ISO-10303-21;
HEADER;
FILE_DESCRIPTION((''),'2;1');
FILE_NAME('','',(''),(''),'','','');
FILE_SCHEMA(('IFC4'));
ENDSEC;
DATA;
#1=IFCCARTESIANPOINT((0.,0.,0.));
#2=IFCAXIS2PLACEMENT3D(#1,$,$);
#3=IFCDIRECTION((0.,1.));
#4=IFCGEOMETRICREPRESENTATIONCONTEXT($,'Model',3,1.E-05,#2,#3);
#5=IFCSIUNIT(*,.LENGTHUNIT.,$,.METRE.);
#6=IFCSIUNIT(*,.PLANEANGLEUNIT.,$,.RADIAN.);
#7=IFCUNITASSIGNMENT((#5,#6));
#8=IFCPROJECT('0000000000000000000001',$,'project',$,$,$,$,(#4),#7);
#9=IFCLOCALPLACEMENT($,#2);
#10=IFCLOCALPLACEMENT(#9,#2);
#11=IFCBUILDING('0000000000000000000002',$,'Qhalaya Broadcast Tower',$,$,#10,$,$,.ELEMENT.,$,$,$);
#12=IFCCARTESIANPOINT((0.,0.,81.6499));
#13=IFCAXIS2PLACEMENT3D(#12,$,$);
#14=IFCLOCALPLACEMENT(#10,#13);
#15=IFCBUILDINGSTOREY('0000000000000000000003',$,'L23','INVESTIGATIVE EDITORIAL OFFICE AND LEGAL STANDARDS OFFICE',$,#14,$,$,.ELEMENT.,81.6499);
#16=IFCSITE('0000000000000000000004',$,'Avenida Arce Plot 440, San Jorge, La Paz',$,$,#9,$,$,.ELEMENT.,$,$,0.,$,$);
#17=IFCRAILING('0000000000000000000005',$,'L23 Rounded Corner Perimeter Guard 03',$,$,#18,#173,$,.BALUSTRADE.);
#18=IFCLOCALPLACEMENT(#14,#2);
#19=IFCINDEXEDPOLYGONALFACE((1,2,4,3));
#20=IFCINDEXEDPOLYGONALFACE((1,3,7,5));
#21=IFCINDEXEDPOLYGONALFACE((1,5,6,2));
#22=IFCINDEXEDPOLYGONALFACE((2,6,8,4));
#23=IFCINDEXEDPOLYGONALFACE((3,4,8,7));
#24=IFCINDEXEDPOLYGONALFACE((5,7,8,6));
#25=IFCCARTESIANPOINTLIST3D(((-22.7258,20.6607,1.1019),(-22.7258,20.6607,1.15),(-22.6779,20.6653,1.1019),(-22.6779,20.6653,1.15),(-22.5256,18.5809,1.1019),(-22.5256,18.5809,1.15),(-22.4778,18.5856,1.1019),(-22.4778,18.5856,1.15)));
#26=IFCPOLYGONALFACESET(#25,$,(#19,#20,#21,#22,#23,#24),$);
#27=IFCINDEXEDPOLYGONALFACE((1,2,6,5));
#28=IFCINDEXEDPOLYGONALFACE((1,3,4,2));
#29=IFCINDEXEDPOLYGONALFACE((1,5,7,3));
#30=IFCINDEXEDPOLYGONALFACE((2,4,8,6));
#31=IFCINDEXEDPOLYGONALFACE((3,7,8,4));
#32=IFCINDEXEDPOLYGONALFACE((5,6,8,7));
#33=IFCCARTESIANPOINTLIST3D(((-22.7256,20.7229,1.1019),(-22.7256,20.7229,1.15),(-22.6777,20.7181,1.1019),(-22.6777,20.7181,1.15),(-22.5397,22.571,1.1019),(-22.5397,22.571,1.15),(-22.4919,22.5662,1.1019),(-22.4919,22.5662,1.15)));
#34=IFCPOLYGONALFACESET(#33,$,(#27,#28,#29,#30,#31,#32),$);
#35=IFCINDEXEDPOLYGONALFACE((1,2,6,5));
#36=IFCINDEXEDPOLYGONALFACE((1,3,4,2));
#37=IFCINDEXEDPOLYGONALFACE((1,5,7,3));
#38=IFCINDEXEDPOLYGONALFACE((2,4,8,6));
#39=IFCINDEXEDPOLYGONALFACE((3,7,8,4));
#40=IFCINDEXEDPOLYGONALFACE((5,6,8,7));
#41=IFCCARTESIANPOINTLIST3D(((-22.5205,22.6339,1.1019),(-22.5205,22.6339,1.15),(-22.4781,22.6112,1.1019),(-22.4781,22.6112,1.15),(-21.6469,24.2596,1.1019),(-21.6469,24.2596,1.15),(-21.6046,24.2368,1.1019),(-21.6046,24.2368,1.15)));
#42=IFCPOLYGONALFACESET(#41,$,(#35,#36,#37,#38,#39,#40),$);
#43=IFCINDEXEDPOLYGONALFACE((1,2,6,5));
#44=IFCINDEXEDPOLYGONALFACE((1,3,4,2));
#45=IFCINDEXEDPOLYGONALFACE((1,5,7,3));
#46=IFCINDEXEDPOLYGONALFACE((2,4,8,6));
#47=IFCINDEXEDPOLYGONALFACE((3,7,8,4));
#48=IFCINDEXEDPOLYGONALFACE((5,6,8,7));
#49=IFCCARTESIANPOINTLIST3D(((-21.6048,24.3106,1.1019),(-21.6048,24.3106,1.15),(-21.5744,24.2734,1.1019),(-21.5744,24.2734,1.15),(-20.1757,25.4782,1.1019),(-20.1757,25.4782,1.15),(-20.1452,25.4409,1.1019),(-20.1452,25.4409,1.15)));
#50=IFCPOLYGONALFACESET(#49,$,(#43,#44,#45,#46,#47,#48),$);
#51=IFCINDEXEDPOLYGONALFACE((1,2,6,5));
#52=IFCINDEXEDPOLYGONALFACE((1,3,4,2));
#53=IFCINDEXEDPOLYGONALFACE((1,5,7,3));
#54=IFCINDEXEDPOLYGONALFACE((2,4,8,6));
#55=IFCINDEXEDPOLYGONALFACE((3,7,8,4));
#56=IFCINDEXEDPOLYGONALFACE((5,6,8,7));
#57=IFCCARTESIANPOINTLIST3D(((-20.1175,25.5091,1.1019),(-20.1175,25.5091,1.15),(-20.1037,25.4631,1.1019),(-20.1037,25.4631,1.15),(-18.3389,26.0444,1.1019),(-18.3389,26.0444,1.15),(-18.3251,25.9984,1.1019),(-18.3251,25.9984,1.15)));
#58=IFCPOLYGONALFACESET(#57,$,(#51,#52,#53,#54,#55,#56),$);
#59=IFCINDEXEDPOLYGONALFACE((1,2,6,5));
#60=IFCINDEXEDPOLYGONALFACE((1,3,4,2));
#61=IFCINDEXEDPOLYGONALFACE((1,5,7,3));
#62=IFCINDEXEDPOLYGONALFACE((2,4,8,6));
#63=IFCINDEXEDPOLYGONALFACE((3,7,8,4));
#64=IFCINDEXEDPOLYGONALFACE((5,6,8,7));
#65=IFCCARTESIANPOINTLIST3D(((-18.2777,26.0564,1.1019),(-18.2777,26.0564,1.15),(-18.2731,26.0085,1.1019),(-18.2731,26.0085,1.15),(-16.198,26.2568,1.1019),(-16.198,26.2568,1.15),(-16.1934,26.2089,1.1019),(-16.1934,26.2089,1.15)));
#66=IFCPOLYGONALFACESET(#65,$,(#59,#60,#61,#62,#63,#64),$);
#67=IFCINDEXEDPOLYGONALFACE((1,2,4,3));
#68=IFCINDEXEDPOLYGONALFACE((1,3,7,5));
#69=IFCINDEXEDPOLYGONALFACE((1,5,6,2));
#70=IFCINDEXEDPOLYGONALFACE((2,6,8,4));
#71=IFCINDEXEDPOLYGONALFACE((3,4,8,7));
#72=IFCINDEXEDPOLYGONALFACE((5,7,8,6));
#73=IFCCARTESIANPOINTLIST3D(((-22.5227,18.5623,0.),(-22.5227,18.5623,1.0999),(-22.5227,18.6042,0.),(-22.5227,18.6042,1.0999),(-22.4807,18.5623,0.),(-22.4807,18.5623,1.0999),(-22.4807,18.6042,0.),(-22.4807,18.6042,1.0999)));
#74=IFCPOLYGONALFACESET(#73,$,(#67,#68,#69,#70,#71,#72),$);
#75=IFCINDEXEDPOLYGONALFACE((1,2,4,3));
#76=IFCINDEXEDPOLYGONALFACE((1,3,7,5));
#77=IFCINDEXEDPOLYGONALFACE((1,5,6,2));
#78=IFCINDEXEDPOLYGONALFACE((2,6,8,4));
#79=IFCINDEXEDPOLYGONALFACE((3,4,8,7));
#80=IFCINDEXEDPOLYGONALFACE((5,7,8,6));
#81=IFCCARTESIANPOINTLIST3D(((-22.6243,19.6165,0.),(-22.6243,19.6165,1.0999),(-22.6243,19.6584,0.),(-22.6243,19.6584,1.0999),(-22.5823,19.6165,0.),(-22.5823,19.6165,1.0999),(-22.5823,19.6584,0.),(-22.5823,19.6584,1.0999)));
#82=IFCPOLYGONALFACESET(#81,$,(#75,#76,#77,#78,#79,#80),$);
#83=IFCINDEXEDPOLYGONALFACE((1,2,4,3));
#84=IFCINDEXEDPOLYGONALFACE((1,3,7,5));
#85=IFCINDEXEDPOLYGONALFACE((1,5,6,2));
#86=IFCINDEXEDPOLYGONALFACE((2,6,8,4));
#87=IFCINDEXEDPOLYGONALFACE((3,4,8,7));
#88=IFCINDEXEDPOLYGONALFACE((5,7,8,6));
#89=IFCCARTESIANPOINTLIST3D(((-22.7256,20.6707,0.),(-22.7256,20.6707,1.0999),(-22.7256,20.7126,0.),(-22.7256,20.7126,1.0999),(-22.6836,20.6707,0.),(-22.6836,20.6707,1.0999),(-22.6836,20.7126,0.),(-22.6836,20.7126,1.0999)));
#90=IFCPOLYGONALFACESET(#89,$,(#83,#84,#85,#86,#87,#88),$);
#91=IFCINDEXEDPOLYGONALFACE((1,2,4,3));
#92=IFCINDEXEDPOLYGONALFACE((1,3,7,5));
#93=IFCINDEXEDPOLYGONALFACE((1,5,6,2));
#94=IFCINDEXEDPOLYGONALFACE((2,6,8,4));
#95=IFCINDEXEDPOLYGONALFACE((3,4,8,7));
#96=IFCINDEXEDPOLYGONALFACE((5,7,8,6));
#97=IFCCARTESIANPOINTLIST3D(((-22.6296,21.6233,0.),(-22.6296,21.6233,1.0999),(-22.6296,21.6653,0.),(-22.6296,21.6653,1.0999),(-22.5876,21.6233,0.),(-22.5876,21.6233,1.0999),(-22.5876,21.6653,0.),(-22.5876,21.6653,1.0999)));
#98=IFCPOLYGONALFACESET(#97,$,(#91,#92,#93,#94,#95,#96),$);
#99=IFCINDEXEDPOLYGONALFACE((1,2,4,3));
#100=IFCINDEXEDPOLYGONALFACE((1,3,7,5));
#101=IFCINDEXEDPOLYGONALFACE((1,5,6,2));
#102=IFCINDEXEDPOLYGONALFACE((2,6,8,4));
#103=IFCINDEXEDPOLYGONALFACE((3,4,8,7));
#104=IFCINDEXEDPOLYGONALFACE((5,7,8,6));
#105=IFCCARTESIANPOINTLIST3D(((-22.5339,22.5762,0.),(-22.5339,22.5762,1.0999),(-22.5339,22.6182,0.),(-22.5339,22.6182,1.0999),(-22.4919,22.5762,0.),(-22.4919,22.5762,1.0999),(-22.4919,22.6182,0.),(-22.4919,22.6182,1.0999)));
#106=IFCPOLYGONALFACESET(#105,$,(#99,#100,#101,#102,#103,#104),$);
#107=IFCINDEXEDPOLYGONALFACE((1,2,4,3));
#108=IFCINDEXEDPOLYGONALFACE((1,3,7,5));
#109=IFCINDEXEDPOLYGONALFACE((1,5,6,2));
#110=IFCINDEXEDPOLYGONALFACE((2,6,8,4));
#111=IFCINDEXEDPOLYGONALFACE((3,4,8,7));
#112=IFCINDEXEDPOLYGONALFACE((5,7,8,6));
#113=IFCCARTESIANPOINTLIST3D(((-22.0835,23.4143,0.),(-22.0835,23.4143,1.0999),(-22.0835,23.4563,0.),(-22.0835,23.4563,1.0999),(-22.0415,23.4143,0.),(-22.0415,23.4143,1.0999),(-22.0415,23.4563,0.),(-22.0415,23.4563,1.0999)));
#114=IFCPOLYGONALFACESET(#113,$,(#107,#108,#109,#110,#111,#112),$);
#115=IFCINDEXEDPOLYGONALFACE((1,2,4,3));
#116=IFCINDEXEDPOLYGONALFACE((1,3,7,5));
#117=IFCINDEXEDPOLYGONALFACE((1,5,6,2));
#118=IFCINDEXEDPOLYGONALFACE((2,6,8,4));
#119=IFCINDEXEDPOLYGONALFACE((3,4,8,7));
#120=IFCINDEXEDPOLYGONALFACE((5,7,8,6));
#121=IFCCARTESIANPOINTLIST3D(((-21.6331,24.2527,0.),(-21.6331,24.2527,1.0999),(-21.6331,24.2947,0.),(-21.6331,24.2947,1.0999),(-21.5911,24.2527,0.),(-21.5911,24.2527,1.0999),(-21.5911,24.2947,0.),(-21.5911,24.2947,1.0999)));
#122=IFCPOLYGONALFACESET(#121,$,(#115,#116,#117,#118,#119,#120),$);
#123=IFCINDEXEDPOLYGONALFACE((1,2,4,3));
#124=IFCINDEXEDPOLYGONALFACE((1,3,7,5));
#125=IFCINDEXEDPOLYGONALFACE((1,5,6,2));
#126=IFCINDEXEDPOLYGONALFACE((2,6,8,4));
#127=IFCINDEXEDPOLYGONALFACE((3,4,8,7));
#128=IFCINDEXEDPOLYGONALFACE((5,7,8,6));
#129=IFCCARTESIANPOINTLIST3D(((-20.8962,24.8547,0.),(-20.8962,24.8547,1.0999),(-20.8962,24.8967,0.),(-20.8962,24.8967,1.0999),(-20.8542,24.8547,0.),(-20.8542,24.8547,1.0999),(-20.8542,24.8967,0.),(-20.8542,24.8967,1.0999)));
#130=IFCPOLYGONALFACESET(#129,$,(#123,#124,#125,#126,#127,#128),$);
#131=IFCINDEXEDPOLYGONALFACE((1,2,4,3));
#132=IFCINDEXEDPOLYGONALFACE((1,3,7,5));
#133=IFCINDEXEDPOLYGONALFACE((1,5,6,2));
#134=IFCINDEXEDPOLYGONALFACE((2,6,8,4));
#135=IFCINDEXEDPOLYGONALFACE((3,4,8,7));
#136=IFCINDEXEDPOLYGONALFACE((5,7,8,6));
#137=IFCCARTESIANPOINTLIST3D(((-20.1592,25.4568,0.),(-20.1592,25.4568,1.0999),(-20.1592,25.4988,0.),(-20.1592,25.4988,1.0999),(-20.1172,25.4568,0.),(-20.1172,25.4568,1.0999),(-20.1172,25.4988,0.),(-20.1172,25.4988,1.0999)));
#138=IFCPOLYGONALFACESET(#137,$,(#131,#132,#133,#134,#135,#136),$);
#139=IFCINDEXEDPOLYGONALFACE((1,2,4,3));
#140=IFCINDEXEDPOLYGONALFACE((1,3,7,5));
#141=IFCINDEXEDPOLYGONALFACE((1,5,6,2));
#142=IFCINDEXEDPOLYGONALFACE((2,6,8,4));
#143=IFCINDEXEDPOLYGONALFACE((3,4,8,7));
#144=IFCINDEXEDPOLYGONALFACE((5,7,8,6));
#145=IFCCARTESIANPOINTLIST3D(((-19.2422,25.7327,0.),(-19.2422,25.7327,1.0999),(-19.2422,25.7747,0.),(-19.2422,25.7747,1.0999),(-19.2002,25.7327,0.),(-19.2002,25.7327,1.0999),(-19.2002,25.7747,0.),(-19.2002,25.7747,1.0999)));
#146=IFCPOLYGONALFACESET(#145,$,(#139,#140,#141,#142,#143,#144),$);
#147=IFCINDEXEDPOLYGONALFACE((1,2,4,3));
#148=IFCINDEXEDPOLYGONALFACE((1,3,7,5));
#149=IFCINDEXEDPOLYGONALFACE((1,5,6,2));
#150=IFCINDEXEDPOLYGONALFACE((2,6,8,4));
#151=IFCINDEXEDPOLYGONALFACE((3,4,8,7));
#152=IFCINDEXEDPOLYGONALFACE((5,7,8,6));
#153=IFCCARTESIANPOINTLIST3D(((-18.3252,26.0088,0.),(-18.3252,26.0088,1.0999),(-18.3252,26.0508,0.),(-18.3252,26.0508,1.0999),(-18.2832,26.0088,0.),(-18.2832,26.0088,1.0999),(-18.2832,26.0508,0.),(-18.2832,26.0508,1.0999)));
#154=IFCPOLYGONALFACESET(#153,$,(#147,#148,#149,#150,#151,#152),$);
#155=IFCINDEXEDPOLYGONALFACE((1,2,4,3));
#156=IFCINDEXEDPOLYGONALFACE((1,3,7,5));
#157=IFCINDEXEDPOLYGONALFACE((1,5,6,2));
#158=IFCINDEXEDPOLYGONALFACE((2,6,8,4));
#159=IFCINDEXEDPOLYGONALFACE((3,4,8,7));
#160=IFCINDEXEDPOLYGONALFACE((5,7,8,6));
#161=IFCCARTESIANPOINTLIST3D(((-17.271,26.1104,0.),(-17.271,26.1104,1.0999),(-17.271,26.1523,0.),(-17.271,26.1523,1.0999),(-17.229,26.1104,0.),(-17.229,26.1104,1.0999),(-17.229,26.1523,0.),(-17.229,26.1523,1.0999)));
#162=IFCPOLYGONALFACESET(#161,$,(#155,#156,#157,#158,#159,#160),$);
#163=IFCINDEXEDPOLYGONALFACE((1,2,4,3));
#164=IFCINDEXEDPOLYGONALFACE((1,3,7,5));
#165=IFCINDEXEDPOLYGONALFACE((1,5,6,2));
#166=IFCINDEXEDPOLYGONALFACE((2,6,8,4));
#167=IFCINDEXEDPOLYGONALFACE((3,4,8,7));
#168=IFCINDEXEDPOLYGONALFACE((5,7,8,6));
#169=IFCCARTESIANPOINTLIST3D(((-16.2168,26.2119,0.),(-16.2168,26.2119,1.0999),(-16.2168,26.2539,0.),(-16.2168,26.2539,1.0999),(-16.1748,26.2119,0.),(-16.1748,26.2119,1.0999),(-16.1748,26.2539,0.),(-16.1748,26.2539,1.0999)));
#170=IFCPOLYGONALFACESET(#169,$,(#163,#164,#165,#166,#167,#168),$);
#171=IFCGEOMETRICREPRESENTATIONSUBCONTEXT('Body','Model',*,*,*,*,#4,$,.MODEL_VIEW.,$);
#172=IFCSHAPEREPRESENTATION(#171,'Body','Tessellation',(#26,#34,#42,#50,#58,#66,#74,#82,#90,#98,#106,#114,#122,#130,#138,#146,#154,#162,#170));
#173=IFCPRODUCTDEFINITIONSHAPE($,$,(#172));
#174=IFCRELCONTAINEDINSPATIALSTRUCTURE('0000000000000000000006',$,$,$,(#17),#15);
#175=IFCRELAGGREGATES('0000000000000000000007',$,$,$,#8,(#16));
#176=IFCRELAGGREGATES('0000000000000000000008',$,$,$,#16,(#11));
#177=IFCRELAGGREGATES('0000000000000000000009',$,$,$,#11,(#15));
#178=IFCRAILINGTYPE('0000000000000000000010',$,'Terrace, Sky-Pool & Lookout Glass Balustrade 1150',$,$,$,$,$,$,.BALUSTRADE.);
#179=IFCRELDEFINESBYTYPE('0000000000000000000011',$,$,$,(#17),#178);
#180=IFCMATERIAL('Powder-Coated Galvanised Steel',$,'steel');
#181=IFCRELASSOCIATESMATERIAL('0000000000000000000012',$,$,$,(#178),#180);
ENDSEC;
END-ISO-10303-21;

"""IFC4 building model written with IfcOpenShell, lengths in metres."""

from ifc_helpers import new_model, si_unit, direction, frame, origin, origin_2d, place, context, subcontext, project, spatial, rectangle, extrude, material, type_object, element, save


model = new_model("IFC4")

# Units and contexts
model_context = context("Model", 3, precision=1e-05, world=origin(), true_north=direction((0.0, 1.0)))
body_context = subcontext(model_context, "Body", "Model", "MODEL_VIEW")
ifc_project = project(units=[si_unit("LENGTHUNIT", "METRE"), si_unit("PLANEANGLEUNIT", "RADIAN")], contexts=[model_context])

# Site, building, storey
site_placement = place(None, origin())
site = spatial("IfcSite", under=ifc_project, at=site_placement, Name="Avenida Arce Plot 440, San Jorge, La Paz", CompositionType="ELEMENT", RefElevation=0.0)
building_placement = place(site_placement, origin())
building = spatial("IfcBuilding", under=site, at=building_placement, Name="Qhalaya Broadcast Tower", CompositionType="ELEMENT")
storey_placement = place(building_placement, frame((0.0, 0.0, 81.6499)))
storey = spatial("IfcBuildingStorey", under=building, at=storey_placement, Name="L23", Description="INVESTIGATIVE EDITORIAL OFFICE AND LEGAL STANDARDS OFFICE", CompositionType="ELEMENT", Elevation=81.6499)

# Railing
ifc_material_1 = material(Name="Powder-Coated Galvanised Steel", Category="steel")
railing_type = type_object("IfcRailingType", Name="Terrace, Sky-Pool & Lookout Glass Balustrade 1150", PredefinedType="BALUSTRADE", material=ifc_material_1)
railing_placement = place(storey_placement, frame((-22.5017, 18.5833, 0.0)))
element("IfcRailing", 1, at=railing_placement, inside=storey, type_object=railing_type, Name="L23 Rounded Corner Perimeter Guard 03", PredefinedType="BALUSTRADE", context=body_context, shape_type="SweptSolid", body=[
    extrude(rectangle(XDim=0.0481, YDim=0.0481, at=origin_2d()), frame((0.0, 0.0, 1.126), z_axis=(-0.095783, 0.995402, 0.0), x_axis=(-0.995402, -0.095783, 0.0)), (0.0, 0.0, 1.0), 2.0894),
    extrude(rectangle(XDim=0.0481, YDim=0.0481, at=origin_2d()), frame((-0.2, 2.1372, 1.126), z_axis=(0.100072, 0.99498, 0.0), x_axis=(-0.99498, 0.100072, 0.0)), (0.0, 0.0, 1.0), 1.8574),
    extrude(rectangle(XDim=0.0481, YDim=0.0481, at=origin_2d()), frame((0.0024, 4.0393, 1.126), z_axis=(0.473342, 0.880879, 0.0), x_axis=(-0.880879, 0.473342, 0.0)), (0.0, 0.0, 1.0), 1.8455),
    extrude(rectangle(XDim=0.0481, YDim=0.0481, at=origin_2d()), frame((0.9121, 5.7087, 1.126), z_axis=(0.77442, 0.632672, 0.0), x_axis=(-0.632672, 0.77442, 0.0)), (0.0, 0.0, 1.0), 1.8455),
    extrude(rectangle(XDim=0.0481, YDim=0.0481, at=origin_2d()), frame((2.3911, 6.9028, 1.126), z_axis=(0.957566, 0.288213, 0.0), x_axis=(-0.288213, 0.957566, 0.0)), (0.0, 0.0, 1.0), 1.8574),
    extrude(rectangle(XDim=0.0481, YDim=0.0481, at=origin_2d()), frame((4.2263, 7.4492, 1.126), z_axis=(0.995391, 0.095897, 0.0), x_axis=(-0.095897, 0.995391, 0.0)), (0.0, 0.0, 1.0), 2.0894),
    extrude(rectangle(XDim=0.042, YDim=0.042, at=origin_2d()), origin(), (0.0, 0.0, 1.0), 1.0999),
    extrude(rectangle(XDim=0.042, YDim=0.042, at=origin_2d()), frame((-0.1016, 1.0542, 0.0)), (0.0, 0.0, 1.0), 1.0999),
    extrude(rectangle(XDim=0.042, YDim=0.042, at=origin_2d()), frame((-0.2029, 2.1084, 0.0)), (0.0, 0.0, 1.0), 1.0999),
    extrude(rectangle(XDim=0.042, YDim=0.042, at=origin_2d()), frame((-0.1069, 3.061, 0.0)), (0.0, 0.0, 1.0), 1.0999),
    extrude(rectangle(XDim=0.042, YDim=0.042, at=origin_2d()), frame((-0.0112, 4.0139, 0.0)), (0.0, 0.0, 1.0), 1.0999),
    extrude(rectangle(XDim=0.042, YDim=0.042, at=origin_2d()), frame((0.4392, 4.8521, 0.0)), (0.0, 0.0, 1.0), 1.0999),
    extrude(rectangle(XDim=0.042, YDim=0.042, at=origin_2d()), frame((0.8896, 5.6904, 0.0)), (0.0, 0.0, 1.0), 1.0999),
    extrude(rectangle(XDim=0.042, YDim=0.042, at=origin_2d()), frame((1.6265, 6.2925, 0.0)), (0.0, 0.0, 1.0), 1.0999),
    extrude(rectangle(XDim=0.042, YDim=0.042, at=origin_2d()), frame((2.3635, 6.8945, 0.0)), (0.0, 0.0, 1.0), 1.0999),
    extrude(rectangle(XDim=0.042, YDim=0.042, at=origin_2d()), frame((3.2805, 7.1704, 0.0)), (0.0, 0.0, 1.0), 1.0999),
    extrude(rectangle(XDim=0.042, YDim=0.042, at=origin_2d()), frame((4.1975, 7.4465, 0.0)), (0.0, 0.0, 1.0), 1.0999),
    extrude(rectangle(XDim=0.042, YDim=0.042, at=origin_2d()), frame((5.2517, 7.5481, 0.0)), (0.0, 0.0, 1.0), 1.0999),
    extrude(rectangle(XDim=0.042, YDim=0.042, at=origin_2d()), frame((6.3059, 7.6497, 0.0)), (0.0, 0.0, 1.0), 1.0999),
])

save(model, "model.ifc")
